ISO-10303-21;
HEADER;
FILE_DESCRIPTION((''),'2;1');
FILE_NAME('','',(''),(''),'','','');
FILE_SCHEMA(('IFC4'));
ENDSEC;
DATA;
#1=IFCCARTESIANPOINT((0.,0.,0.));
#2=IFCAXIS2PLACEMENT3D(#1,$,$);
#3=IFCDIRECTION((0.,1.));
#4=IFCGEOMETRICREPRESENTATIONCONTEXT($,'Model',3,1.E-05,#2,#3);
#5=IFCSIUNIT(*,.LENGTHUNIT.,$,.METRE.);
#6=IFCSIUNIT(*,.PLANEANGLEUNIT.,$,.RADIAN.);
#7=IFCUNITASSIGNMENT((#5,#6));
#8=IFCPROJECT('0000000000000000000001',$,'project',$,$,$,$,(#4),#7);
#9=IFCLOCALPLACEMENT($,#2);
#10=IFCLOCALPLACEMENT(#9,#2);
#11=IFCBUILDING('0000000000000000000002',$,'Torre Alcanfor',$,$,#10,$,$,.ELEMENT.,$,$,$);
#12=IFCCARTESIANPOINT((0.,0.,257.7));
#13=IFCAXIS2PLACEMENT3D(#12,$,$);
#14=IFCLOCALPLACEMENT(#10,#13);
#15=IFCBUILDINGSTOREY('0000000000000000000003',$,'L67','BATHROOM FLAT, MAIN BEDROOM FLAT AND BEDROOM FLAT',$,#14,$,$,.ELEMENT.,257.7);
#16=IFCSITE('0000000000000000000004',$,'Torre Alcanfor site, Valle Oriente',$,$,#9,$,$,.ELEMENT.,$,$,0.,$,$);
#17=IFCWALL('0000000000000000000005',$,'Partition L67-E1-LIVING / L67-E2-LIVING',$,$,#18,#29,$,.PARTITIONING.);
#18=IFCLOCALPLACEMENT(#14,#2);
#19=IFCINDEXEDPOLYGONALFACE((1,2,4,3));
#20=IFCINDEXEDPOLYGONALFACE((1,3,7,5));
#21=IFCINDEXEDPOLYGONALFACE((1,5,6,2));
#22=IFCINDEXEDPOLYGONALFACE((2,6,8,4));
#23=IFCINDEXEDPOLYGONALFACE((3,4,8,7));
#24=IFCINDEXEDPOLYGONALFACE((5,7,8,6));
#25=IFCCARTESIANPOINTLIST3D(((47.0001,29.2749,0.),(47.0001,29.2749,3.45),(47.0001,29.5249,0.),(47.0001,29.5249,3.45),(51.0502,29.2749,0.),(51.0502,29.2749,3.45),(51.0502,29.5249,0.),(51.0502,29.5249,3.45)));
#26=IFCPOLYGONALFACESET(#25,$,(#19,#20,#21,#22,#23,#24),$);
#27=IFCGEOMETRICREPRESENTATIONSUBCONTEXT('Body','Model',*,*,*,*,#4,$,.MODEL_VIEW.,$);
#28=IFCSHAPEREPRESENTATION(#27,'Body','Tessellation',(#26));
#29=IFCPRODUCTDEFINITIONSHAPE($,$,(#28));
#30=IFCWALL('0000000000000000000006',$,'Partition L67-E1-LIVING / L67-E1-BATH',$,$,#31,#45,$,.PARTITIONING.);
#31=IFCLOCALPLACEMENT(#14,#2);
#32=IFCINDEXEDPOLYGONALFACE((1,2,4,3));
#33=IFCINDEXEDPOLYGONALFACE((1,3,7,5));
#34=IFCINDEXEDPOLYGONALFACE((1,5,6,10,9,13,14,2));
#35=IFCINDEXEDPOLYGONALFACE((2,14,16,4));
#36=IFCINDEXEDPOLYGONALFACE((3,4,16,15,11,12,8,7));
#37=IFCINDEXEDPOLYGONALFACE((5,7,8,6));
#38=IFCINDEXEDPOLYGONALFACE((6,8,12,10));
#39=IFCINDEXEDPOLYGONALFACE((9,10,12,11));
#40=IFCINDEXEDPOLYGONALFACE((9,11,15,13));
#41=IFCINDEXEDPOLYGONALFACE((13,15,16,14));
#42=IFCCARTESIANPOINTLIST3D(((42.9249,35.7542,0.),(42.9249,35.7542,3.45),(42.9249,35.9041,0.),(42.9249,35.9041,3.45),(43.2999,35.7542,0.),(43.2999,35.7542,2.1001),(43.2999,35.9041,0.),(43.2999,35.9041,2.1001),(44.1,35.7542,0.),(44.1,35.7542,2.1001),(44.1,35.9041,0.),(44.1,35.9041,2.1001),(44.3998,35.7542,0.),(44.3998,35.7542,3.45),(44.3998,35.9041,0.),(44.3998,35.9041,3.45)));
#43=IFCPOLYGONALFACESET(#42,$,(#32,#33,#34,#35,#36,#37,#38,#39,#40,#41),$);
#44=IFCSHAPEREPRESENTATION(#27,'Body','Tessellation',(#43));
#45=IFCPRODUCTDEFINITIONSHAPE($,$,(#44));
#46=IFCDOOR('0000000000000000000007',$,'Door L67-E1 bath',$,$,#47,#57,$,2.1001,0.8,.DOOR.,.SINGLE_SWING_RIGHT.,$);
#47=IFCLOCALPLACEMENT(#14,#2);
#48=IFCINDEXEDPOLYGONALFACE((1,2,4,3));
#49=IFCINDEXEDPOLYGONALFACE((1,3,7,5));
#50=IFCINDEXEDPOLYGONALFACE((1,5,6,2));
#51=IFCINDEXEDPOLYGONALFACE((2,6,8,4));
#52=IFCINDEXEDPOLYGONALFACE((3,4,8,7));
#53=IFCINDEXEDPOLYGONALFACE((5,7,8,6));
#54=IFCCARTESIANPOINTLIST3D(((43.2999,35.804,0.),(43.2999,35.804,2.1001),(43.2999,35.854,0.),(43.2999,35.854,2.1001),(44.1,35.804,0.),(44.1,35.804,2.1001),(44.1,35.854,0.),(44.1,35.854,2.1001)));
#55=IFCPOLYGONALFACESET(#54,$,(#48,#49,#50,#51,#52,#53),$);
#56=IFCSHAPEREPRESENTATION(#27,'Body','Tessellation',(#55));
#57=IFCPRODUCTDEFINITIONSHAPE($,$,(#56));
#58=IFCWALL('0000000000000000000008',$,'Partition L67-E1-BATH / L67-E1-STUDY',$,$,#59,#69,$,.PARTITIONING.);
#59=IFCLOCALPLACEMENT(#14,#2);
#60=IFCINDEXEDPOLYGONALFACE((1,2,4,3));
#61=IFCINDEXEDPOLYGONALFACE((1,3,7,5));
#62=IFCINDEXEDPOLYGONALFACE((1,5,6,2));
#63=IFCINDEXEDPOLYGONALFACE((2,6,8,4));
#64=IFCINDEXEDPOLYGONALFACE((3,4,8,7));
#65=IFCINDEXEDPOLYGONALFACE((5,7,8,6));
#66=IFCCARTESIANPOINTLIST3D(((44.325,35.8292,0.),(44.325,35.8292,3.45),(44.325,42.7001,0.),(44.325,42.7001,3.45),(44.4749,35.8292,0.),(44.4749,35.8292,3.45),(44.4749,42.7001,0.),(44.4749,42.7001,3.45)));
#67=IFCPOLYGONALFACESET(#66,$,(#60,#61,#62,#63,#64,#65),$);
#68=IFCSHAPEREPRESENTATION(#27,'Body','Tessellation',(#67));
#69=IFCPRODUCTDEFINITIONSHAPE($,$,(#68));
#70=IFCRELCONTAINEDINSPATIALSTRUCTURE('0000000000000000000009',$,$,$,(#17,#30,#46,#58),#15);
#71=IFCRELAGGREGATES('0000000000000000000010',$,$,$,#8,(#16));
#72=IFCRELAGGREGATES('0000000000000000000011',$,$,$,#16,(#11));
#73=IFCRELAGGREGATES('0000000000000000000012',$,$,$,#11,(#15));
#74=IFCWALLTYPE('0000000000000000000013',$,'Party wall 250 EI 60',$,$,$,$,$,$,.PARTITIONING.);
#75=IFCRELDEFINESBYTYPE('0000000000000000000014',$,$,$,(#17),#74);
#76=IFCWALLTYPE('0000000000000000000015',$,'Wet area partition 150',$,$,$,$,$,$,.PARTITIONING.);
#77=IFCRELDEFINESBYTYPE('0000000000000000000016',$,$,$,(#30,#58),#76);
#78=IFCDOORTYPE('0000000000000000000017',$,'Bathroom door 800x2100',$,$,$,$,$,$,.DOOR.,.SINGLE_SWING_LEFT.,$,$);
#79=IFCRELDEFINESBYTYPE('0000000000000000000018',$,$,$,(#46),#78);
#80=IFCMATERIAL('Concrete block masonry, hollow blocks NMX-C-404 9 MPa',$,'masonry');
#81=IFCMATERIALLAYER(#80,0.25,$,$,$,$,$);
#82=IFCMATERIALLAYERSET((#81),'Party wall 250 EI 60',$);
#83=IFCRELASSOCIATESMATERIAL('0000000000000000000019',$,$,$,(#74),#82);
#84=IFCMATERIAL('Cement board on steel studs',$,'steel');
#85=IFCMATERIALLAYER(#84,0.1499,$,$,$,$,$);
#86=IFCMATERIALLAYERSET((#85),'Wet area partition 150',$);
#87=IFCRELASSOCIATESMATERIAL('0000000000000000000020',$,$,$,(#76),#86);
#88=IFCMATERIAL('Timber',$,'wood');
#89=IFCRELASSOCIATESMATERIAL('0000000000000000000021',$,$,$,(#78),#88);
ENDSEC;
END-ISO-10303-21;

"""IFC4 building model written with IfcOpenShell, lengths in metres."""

from ifc_helpers import new_model, si_unit, direction, frame, frame_2d, origin, place, context, subcontext, project, spatial, rectangle, extrude, material, layer, layer_set, type_object, element, fill, save


model = new_model("IFC4")

# Units and contexts
model_context = context("Model", 3, precision=1e-05, world=origin(), true_north=direction((0.0, 1.0)))
body_context = subcontext(model_context, "Body", "Model", "MODEL_VIEW")
ifc_project = project(units=[si_unit("LENGTHUNIT", "METRE"), si_unit("PLANEANGLEUNIT", "RADIAN")], contexts=[model_context])

# Site, building, storey
site_placement = place(None, origin())
site = spatial("IfcSite", under=ifc_project, at=site_placement, Name="Torre Alcanfor site, Valle Oriente", CompositionType="ELEMENT", RefElevation=0.0)
building_placement = place(site_placement, origin())
building = spatial("IfcBuilding", under=site, at=building_placement, Name="Torre Alcanfor", CompositionType="ELEMENT")
storey_placement = place(building_placement, frame((0.0, 0.0, 257.7)))
storey = spatial("IfcBuildingStorey", under=building, at=storey_placement, Name="L67", Description="BATHROOM FLAT, MAIN BEDROOM FLAT AND BEDROOM FLAT", CompositionType="ELEMENT", Elevation=257.7)

# Wall
ifc_material_1 = material(Name="Concrete block masonry, hollow blocks NMX-C-404 9 MPa", Category="masonry")
ifc_layer_1 = layer(ifc_material_1, 0.25)
ifc_layer_set_1 = layer_set([ifc_layer_1], Name="Party wall 250 EI 60")
wall_type_1 = type_object("IfcWallType", Name="Party wall 250 EI 60", PredefinedType="PARTITIONING", material=ifc_layer_set_1)
wall_1_placement = place(storey_placement, frame((51.05, 29.3999, 0.0), z_axis=(0.0, 0.0, 1.0), x_axis=(-1.0, 0.0, 0.0)))
element("IfcWall", 1, at=wall_1_placement, inside=storey, type_object=wall_type_1, Name="Partition L67-E1-LIVING / L67-E2-LIVING", PredefinedType="PARTITIONING", context=body_context, shape_type="SweptSolid", body=[
    extrude(rectangle(XDim=4.05, YDim=0.25, at=frame_2d((2.0249, 0.0))), origin(), (0.0, 0.0, 1.0), 3.45),
])

# Wall, opening, door
ifc_material_2 = material(Name="Cement board on steel studs", Category="steel")
ifc_layer_2 = layer(ifc_material_2, 0.1499)
ifc_layer_set_2 = layer_set([ifc_layer_2], Name="Wet area partition 150")
wall_type_2 = type_object("IfcWallType", Name="Wet area partition 150", PredefinedType="PARTITIONING", material=ifc_layer_set_2)
wall_2_placement = place(storey_placement, frame((42.925, 35.8291, 0.0), z_axis=(0.0, 0.0, 1.0), x_axis=(1.0, 0.0, 0.0)))
wall_2 = element("IfcWall", 2, at=wall_2_placement, inside=storey, type_object=wall_type_2, Name="Partition L67-E1-LIVING / L67-E1-BATH", PredefinedType="PARTITIONING", context=body_context, shape_type="SweptSolid", body=[
    extrude(rectangle(XDim=1.4749, YDim=0.1499, at=frame_2d((0.7373, 0.0))), origin(), (0.0, 0.0, 1.0), 3.45),
])
opening_1_placement = place(wall_2_placement, frame((0.375, 0.0, 0.0)))
opening_1 = element("IfcOpeningElement", 3, at=opening_1_placement, cuts=wall_2, PredefinedType="OPENING", context=body_context, shape_type="SweptSolid", body=[
    extrude(rectangle(XDim=0.8, YDim=2.1001, at=frame_2d((0.3999, 1.05))), frame((0.0, 0.085, 0.0), z_axis=(0.0, -1.0, 0.0), x_axis=(1.0, 0.0, 0.0)), (0.0, 0.0, 1.0), 0.1699),
])
ifc_material_3 = material(Name="Timber", Category="wood")
door_type_1 = type_object("IfcDoorType", Name="Bathroom door 800x2100", OperationType="SINGLE_SWING_LEFT", PredefinedType="DOOR", material=ifc_material_3)
door_1_placement = place(opening_1_placement, origin())
door_1 = element("IfcDoor", 4, at=door_1_placement, inside=storey, type_object=door_type_1, Name="Door L67-E1 bath", OperationType="SINGLE_SWING_RIGHT", OverallHeight=2.1001, OverallWidth=0.8, PredefinedType="DOOR", context=body_context, shape_type="SweptSolid", body=[
    extrude(rectangle(XDim=0.8, YDim=2.1001, at=frame_2d((0.3999, 1.05))), frame((0.0, 0.0249, 0.0), z_axis=(0.0, -1.0, 0.0), x_axis=(1.0, 0.0, 0.0)), (0.0, 0.0, 1.0), 0.05),
])
fill(opening_1, door_1)

# Wall
wall_3_placement = place(storey_placement, frame((44.3999, 35.8291, 0.0), z_axis=(0.0, 0.0, 1.0), x_axis=(0.0, 1.0, 0.0)))
element("IfcWall", 5, at=wall_3_placement, inside=storey, type_object=wall_type_2, Name="Partition L67-E1-BATH / L67-E1-STUDY", PredefinedType="PARTITIONING", context=body_context, shape_type="SweptSolid", body=[
    extrude(rectangle(XDim=6.8708, YDim=0.1499, at=frame_2d((3.4355, 0.0))), origin(), (0.0, 0.0, 1.0), 3.45),
])

save(model, "model.ifc")
